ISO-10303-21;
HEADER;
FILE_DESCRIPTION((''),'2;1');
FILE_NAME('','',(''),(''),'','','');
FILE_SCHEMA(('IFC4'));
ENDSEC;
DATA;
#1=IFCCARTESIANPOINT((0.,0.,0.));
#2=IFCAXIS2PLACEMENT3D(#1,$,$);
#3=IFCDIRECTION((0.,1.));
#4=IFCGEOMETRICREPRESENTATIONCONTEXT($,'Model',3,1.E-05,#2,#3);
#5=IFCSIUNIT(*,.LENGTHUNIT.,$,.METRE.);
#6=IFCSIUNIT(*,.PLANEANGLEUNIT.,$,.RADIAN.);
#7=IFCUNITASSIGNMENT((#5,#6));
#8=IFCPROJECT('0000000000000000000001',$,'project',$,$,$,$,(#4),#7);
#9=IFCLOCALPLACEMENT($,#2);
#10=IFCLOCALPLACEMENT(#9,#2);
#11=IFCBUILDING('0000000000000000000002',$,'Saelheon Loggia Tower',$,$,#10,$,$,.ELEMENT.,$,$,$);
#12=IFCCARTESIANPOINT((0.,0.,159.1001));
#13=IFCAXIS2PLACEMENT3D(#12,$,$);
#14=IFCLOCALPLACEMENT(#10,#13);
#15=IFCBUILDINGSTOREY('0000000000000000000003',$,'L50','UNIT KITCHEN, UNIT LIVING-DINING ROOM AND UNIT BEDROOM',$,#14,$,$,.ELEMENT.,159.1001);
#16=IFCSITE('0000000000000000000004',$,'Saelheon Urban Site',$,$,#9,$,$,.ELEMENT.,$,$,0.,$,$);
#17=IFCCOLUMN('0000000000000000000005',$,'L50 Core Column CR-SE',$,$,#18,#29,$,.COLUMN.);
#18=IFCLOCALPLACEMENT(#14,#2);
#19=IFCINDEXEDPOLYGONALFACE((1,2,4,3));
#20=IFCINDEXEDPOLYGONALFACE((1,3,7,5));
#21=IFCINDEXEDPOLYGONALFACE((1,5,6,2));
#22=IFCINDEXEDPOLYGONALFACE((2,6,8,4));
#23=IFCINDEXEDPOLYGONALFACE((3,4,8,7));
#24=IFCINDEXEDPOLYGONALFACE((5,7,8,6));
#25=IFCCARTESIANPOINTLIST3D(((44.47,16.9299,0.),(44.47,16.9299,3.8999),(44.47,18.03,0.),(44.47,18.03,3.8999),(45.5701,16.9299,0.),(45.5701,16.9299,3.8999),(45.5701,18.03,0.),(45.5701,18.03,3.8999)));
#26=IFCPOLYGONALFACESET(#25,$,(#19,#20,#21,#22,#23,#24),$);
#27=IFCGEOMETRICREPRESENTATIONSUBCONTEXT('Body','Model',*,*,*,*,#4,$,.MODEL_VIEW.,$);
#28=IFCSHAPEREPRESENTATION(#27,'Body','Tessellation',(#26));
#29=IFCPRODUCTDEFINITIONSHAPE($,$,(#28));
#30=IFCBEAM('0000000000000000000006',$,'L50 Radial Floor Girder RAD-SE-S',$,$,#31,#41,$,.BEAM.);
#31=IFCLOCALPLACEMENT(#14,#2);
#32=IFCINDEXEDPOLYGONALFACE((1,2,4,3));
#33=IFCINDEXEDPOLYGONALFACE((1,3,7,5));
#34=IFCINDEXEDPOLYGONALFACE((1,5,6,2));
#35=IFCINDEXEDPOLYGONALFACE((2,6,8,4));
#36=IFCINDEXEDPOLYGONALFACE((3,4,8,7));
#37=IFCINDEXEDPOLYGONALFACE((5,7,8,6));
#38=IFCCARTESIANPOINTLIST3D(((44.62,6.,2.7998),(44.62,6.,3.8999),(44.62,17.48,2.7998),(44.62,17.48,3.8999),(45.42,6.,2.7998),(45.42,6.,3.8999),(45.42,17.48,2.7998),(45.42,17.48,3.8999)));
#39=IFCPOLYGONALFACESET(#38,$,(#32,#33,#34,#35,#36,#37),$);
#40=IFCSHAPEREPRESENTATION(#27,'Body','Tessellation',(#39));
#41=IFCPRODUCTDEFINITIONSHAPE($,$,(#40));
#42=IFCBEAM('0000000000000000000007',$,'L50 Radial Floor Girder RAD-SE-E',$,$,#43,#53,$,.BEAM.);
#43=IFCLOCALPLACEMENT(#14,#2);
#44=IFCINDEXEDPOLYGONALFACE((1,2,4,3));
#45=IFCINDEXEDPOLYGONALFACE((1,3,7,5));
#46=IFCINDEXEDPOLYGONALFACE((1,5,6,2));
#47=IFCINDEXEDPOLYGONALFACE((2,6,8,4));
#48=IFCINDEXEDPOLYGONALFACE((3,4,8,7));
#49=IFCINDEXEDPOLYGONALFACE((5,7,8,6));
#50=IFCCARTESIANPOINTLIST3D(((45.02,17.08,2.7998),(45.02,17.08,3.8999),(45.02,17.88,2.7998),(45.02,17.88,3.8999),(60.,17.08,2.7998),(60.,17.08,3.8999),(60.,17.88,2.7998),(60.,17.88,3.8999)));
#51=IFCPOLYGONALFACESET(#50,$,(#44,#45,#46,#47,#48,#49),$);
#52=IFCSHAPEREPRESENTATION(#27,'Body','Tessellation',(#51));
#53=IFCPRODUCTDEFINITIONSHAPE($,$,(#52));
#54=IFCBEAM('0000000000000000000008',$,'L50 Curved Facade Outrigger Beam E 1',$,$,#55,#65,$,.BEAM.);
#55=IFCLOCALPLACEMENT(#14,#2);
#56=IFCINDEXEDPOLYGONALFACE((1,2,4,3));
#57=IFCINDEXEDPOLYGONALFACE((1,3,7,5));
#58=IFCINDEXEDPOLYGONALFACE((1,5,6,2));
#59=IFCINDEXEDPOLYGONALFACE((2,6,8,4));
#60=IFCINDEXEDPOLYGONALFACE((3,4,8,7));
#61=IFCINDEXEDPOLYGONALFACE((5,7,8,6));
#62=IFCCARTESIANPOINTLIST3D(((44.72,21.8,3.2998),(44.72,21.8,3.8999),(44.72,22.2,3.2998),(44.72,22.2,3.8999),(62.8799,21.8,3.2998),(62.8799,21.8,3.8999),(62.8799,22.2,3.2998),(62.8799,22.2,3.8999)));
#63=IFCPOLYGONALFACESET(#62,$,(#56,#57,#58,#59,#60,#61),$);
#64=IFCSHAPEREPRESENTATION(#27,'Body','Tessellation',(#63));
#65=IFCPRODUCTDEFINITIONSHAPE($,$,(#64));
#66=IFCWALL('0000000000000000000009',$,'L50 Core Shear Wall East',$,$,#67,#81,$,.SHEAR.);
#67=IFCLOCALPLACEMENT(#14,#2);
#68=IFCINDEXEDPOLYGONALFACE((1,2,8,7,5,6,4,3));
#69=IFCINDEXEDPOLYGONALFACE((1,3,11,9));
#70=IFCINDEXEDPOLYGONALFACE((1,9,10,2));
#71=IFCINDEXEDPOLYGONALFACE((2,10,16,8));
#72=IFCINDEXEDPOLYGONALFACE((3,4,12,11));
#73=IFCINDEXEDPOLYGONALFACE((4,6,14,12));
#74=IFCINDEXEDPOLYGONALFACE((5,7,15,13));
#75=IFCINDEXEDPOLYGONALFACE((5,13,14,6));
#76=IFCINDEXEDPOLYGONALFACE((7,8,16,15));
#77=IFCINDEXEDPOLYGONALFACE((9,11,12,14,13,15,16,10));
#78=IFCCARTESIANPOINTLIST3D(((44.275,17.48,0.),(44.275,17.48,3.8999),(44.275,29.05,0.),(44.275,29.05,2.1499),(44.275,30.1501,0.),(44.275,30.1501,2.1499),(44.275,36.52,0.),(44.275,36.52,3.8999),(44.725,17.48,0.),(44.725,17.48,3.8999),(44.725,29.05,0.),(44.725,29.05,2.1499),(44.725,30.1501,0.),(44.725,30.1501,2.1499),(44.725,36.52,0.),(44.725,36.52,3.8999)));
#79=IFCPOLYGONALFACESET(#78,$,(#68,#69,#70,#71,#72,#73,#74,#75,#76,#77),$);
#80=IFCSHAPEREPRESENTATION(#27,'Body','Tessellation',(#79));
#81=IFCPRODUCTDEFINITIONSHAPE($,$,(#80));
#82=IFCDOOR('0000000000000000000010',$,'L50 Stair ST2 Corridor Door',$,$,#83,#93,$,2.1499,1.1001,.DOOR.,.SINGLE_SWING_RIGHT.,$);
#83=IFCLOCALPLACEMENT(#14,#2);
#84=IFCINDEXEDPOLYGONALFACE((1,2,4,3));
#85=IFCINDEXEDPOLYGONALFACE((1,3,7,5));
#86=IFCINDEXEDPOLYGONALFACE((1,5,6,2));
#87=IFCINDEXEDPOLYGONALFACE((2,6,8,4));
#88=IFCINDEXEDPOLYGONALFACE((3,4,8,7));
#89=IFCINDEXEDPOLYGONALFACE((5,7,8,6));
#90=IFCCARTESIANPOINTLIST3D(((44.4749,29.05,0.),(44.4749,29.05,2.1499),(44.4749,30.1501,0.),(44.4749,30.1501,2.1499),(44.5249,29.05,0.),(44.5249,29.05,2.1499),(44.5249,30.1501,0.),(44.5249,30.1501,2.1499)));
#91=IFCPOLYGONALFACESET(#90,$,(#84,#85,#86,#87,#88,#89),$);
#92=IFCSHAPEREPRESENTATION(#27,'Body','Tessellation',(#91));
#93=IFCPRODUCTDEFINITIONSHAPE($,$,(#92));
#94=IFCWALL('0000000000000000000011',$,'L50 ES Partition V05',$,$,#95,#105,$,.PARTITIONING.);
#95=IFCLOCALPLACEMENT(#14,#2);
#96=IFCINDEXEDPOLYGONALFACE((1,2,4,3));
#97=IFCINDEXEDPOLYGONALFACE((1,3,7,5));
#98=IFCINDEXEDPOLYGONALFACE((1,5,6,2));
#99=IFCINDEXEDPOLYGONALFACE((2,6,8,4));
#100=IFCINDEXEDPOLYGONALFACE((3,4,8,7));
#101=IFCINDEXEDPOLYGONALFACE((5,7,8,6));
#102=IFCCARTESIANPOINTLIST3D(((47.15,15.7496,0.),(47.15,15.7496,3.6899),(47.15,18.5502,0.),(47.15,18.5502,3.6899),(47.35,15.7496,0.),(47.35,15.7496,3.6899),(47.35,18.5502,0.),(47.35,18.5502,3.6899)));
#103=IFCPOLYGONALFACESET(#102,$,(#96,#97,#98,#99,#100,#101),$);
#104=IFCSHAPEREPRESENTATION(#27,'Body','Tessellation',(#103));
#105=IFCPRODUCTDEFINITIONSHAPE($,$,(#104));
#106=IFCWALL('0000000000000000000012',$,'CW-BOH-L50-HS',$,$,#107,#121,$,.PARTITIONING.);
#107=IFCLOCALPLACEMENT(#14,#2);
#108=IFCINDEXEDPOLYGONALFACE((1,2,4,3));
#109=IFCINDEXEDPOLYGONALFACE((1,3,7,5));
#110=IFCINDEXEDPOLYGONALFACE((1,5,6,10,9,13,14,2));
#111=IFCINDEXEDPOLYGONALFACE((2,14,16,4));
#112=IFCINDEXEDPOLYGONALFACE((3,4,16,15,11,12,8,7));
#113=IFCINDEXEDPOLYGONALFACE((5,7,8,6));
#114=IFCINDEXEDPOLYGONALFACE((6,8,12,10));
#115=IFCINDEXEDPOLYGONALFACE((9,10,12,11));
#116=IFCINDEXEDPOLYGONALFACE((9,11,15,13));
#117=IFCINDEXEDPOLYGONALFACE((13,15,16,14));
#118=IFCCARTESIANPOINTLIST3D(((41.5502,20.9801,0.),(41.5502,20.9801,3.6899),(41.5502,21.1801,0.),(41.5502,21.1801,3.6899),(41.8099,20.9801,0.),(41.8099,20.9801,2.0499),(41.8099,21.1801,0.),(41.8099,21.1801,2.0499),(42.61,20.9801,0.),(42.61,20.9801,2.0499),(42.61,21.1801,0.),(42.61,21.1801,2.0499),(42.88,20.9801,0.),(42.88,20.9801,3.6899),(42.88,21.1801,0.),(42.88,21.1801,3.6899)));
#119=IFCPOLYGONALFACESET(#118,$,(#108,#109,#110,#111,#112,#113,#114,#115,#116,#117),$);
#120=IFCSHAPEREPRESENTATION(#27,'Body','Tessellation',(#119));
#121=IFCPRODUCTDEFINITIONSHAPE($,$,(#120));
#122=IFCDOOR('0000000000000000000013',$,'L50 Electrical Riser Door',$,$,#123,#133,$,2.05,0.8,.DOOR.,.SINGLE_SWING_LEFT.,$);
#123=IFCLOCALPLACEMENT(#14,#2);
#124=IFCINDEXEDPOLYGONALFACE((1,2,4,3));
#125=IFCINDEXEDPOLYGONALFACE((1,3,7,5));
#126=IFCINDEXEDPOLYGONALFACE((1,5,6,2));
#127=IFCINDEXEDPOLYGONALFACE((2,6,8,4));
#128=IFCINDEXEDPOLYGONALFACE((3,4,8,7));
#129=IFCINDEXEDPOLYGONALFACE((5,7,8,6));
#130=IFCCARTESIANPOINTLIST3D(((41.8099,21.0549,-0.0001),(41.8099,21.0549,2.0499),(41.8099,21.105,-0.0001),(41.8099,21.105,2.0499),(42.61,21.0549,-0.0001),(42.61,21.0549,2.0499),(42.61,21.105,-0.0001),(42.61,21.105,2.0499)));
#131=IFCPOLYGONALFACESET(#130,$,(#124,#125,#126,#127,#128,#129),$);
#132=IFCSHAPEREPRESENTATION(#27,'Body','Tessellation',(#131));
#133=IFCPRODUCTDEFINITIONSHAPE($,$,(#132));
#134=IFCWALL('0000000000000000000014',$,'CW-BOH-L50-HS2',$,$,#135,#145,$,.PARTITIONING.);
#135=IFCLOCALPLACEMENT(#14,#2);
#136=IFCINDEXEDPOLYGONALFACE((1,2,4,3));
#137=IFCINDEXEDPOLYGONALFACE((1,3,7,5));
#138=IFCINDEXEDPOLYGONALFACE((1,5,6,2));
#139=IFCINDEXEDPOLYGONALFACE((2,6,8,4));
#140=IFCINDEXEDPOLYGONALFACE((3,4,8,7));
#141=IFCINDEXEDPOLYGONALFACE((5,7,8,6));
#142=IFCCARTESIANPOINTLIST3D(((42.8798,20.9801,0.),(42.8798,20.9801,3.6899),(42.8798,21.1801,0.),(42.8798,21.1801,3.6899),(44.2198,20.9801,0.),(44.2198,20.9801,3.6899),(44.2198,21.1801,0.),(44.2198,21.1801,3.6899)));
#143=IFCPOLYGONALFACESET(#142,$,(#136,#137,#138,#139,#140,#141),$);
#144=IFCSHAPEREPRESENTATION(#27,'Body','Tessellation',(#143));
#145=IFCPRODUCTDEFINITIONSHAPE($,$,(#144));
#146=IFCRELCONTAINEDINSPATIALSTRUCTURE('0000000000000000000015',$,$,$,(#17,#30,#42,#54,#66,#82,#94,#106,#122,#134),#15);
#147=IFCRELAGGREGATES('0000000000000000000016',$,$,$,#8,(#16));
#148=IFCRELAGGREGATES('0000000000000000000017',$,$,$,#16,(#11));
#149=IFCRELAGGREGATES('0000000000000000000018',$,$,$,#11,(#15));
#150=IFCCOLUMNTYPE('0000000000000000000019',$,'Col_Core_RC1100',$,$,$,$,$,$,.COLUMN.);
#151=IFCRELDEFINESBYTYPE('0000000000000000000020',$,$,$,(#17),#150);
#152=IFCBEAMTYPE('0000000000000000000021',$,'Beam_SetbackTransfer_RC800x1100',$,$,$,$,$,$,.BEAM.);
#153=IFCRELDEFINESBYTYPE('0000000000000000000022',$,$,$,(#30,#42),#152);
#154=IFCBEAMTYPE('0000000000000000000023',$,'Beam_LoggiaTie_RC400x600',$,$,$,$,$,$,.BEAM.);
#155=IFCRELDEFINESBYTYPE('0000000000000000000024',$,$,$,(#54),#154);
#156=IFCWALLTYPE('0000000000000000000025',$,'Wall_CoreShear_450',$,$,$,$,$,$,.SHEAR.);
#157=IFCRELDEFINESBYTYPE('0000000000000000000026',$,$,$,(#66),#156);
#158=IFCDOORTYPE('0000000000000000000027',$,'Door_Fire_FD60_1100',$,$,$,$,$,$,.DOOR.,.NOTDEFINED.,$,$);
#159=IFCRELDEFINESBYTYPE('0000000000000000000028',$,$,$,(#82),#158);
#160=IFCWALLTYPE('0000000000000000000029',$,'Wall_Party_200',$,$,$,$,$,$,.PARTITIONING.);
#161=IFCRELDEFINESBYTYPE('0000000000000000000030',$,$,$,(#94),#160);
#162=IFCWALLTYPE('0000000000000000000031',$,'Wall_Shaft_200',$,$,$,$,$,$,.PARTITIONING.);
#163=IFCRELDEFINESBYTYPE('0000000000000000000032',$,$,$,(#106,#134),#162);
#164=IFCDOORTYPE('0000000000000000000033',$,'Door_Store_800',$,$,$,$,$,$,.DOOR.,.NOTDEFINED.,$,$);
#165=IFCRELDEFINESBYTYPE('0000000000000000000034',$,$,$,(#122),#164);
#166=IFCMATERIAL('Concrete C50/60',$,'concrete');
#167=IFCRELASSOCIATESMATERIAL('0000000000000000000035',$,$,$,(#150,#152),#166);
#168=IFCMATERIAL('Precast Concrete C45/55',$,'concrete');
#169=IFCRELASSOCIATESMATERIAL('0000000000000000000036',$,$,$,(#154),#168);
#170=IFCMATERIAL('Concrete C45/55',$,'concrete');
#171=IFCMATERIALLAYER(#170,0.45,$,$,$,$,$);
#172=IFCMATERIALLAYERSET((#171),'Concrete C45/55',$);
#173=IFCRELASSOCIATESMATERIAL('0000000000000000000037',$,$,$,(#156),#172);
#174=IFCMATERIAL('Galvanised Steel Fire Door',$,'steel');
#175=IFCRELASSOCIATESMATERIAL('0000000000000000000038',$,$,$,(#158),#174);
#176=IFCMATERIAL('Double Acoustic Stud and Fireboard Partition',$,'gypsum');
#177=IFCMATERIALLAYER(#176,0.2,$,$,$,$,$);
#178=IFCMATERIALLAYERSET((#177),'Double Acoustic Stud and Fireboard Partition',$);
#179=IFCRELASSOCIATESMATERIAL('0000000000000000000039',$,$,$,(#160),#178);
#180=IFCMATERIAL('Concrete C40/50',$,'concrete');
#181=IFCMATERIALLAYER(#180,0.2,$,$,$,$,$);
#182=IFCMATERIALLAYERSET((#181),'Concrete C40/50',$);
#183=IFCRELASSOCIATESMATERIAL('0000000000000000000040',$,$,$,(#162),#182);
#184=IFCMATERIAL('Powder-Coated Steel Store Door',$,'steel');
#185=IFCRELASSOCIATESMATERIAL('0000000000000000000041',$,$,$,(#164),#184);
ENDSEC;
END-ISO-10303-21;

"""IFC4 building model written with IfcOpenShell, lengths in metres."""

from ifc_helpers import new_model, si_unit, direction, frame, frame_2d, origin, origin_2d, place, context, subcontext, project, spatial, rectangle, extrude, source, transform, mapped, material, layer, layer_set, material_profile, profile_set, type_object, element, fill, save


model = new_model("IFC4")

# Units and contexts
model_context = context("Model", 3, precision=1e-05, world=origin(), true_north=direction((0.0, 1.0)))
body_context = subcontext(model_context, "Body", "Model", "MODEL_VIEW")
ifc_project = project(units=[si_unit("LENGTHUNIT", "METRE"), si_unit("PLANEANGLEUNIT", "RADIAN")], contexts=[model_context])

# Site, building, storey
site_placement = place(None, origin())
site = spatial("IfcSite", under=ifc_project, at=site_placement, Name="Saelheon Urban Site", CompositionType="ELEMENT", RefElevation=0.0)
building_placement = place(site_placement, origin())
building = spatial("IfcBuilding", under=site, at=building_placement, Name="Saelheon Loggia Tower", CompositionType="ELEMENT")
storey_placement = place(building_placement, frame((0.0, 0.0, 159.1001)))
storey = spatial("IfcBuildingStorey", under=building, at=storey_placement, Name="L50", Description="UNIT KITCHEN, UNIT LIVING-DINING ROOM AND UNIT BEDROOM", CompositionType="ELEMENT", Elevation=159.1001)

# Column
ifc_material_1 = material(Name="Concrete C50/60", Category="concrete")
ifc_material_profile_1 = material_profile(ifc_material_1, rectangle(XDim=1.1001, YDim=1.1001, at=origin_2d()), Name="RC-1100x1100")
ifc_profile_set_1 = profile_set([ifc_material_profile_1], Name="Concrete C50/60")
column_type = type_object("IfcColumnType", Name="Col_Core_RC1100", PredefinedType="COLUMN", material=ifc_profile_set_1)
shared_shape_1 = source(origin(), body_context, "Body", "SweptSolid", [
    extrude(rectangle(XDim=1.1001, YDim=1.1001, at=origin_2d()), origin(), (0.0, 0.0, 1.0), 3.8999),
])
column_placement = place(storey_placement, frame((45.02, 17.48, 0.0), z_axis=(0.0, 0.0, 1.0), x_axis=(1.0, 0.0, 0.0)))
element("IfcColumn", 1, at=column_placement, inside=storey, type_object=column_type, Name="L50 Core Column CR-SE", PredefinedType="COLUMN", context=body_context, shape_type="MappedRepresentation", body=[
    mapped(shared_shape_1, transform((0.0, 0.0, 0.0), scale=1.0)),
])

# Beams
ifc_material_profile_2 = material_profile(ifc_material_1, rectangle(XDim=0.8, YDim=1.1001, at=origin_2d()), Name="RC-800x1100")
ifc_profile_set_2 = profile_set([ifc_material_profile_2], Name="Concrete C50/60")
beam_type_1 = type_object("IfcBeamType", Name="Beam_SetbackTransfer_RC800x1100", PredefinedType="BEAM", material=ifc_profile_set_2)
shared_shape_2 = source(origin(), body_context, "Body", "SweptSolid", [
    extrude(rectangle(XDim=0.8, YDim=1.1001, at=origin_2d()), origin(), (0.0, 0.0, 1.0), 11.48),
])
beam_1_placement = place(storey_placement, frame((45.02, 17.48, 3.3499), z_axis=(0.0, -1.0, 0.0), x_axis=(1.0, 0.0, 0.0)))
element("IfcBeam", 2, at=beam_1_placement, inside=storey, type_object=beam_type_1, Name="L50 Radial Floor Girder RAD-SE-S", PredefinedType="BEAM", context=body_context, shape_type="MappedRepresentation", body=[
    mapped(shared_shape_2, transform((0.0, 0.0, 0.0), scale=1.0)),
])
shared_shape_3 = source(origin(), body_context, "Body", "SweptSolid", [
    extrude(rectangle(XDim=0.8, YDim=1.1001, at=origin_2d()), origin(), (0.0, 0.0, 1.0), 14.98),
])
beam_2_placement = place(storey_placement, frame((45.02, 17.48, 3.3499), z_axis=(1.0, 0.0, 0.0), x_axis=(0.0, 1.0, 0.0)))
element("IfcBeam", 3, at=beam_2_placement, inside=storey, type_object=beam_type_1, Name="L50 Radial Floor Girder RAD-SE-E", PredefinedType="BEAM", context=body_context, shape_type="MappedRepresentation", body=[
    mapped(shared_shape_3, transform((0.0, 0.0, 0.0), scale=1.0)),
])
ifc_material_2 = material(Name="Precast Concrete C45/55", Category="concrete")
ifc_material_profile_3 = material_profile(ifc_material_2, rectangle(XDim=0.3999, YDim=0.6001, at=origin_2d()), Name="RC-400x600")
ifc_profile_set_3 = profile_set([ifc_material_profile_3], Name="Precast Concrete C45/55")
beam_type_2 = type_object("IfcBeamType", Name="Beam_LoggiaTie_RC400x600", PredefinedType="BEAM", material=ifc_profile_set_3)
shared_shape_4 = source(origin(), body_context, "Body", "SweptSolid", [
    extrude(rectangle(XDim=0.3999, YDim=0.6001, at=origin_2d()), origin(), (0.0, 0.0, 1.0), 18.1599),
])
beam_3_placement = place(storey_placement, frame((44.72, 22.0, 3.5999), z_axis=(1.0, 0.0, 0.0), x_axis=(0.0, 1.0, 0.0)))
element("IfcBeam", 4, at=beam_3_placement, inside=storey, type_object=beam_type_2, Name="L50 Curved Facade Outrigger Beam E 1", PredefinedType="BEAM", context=body_context, shape_type="MappedRepresentation", body=[
    mapped(shared_shape_4, transform((0.0, 0.0, 0.0), scale=1.0)),
])

# Wall, opening, door
ifc_material_3 = material(Name="Concrete C45/55", Category="concrete")
ifc_layer_1 = layer(ifc_material_3, 0.45)
ifc_layer_set_1 = layer_set([ifc_layer_1], Name="Concrete C45/55")
wall_type_1 = type_object("IfcWallType", Name="Wall_CoreShear_450", PredefinedType="SHEAR", material=ifc_layer_set_1)
wall_1_placement = place(storey_placement, frame((44.5, 17.48, 0.0), z_axis=(0.0, 0.0, 1.0), x_axis=(0.0, 1.0, 0.0)))
wall_1 = element("IfcWall", 5, at=wall_1_placement, inside=storey, type_object=wall_type_1, Name="L50 Core Shear Wall East", PredefinedType="SHEAR", context=body_context, shape_type="SweptSolid", body=[
    extrude(rectangle(XDim=19.04, YDim=0.45, at=frame_2d((9.52, 0.0))), origin(), (0.0, 0.0, 1.0), 3.8999),
])
opening_1_placement = place(wall_1_placement, frame((12.6702, 0.0, 0.0), z_axis=(0.0, 0.0, 1.0), x_axis=(-1.0, 0.0, 0.0)))
opening_1 = element("IfcOpeningElement", 6, at=opening_1_placement, cuts=wall_1, PredefinedType="OPENING", context=body_context, shape_type="SweptSolid", body=[
    extrude(rectangle(XDim=1.1001, YDim=2.1499, at=frame_2d((0.55, 1.075))), frame((0.0, 0.2371, 0.0), z_axis=(0.0, -1.0, 0.0), x_axis=(1.0, 0.0, 0.0)), (0.0, 0.0, 1.0), 0.4739),
])
ifc_material_4 = material(Name="Galvanised Steel Fire Door", Category="steel")
door_type_1 = type_object("IfcDoorType", Name="Door_Fire_FD60_1100", OperationType="NOTDEFINED", PredefinedType="DOOR", material=ifc_material_4)
shared_shape_5 = source(origin(), body_context, "Body", "SweptSolid", [
    extrude(rectangle(XDim=1.1001, YDim=2.1499, at=frame_2d((0.55, 1.075))), frame((0.0, 0.0249, 0.0), z_axis=(0.0, -1.0, 0.0), x_axis=(1.0, 0.0, 0.0)), (0.0, 0.0, 1.0), 0.05),
])
door_1_placement = place(opening_1_placement, origin())
door_1 = element("IfcDoor", 7, at=door_1_placement, inside=storey, type_object=door_type_1, Name="L50 Stair ST2 Corridor Door", OperationType="SINGLE_SWING_RIGHT", OverallHeight=2.1499, OverallWidth=1.1001, PredefinedType="DOOR", context=body_context, shape_type="MappedRepresentation", body=[
    mapped(shared_shape_5, transform((0.0, 0.0, 0.0), scale=1.0)),
])
fill(opening_1, door_1)

# Wall
ifc_material_5 = material(Name="Double Acoustic Stud and Fireboard Partition", Category="gypsum")
ifc_layer_2 = layer(ifc_material_5, 0.2)
ifc_layer_set_2 = layer_set([ifc_layer_2], Name="Double Acoustic Stud and Fireboard Partition")
wall_type_2 = type_object("IfcWallType", Name="Wall_Party_200", PredefinedType="PARTITIONING", material=ifc_layer_set_2)
wall_2_placement = place(storey_placement, frame((47.25, 15.7495, 0.0), z_axis=(0.0, 0.0, 1.0), x_axis=(0.0, 1.0, 0.0)))
element("IfcWall", 8, at=wall_2_placement, inside=storey, type_object=wall_type_2, Name="L50 ES Partition V05", PredefinedType="PARTITIONING", context=body_context, shape_type="SweptSolid", body=[
    extrude(rectangle(XDim=2.8005, YDim=0.2, at=frame_2d((1.4004, 0.0))), origin(), (0.0, 0.0, 1.0), 3.6899),
])

# Wall, opening, door
ifc_material_6 = material(Name="Concrete C40/50", Category="concrete")
ifc_layer_3 = layer(ifc_material_6, 0.2)
ifc_layer_set_3 = layer_set([ifc_layer_3], Name="Concrete C40/50")
wall_type_3 = type_object("IfcWallType", Name="Wall_Shaft_200", PredefinedType="PARTITIONING", material=ifc_layer_set_3)
wall_3_placement = place(storey_placement, frame((41.55, 21.0801, 0.0), z_axis=(0.0, 0.0, 1.0), x_axis=(1.0, 0.0, 0.0)))
wall_3 = element("IfcWall", 9, at=wall_3_placement, inside=storey, type_object=wall_type_3, Name="CW-BOH-L50-HS", PredefinedType="PARTITIONING", context=body_context, shape_type="SweptSolid", body=[
    extrude(rectangle(XDim=1.3298, YDim=0.2, at=frame_2d((0.665, 0.0))), origin(), (0.0, 0.0, 1.0), 3.6899),
])
opening_2_placement = place(wall_3_placement, frame((0.26, 0.0, 0.0)))
opening_2 = element("IfcOpeningElement", 10, at=opening_2_placement, cuts=wall_3, PredefinedType="OPENING", context=body_context, shape_type="SweptSolid", body=[
    extrude(rectangle(XDim=0.8, YDim=2.05, at=frame_2d((0.3999, 1.0249))), frame((0.0, 0.1121, 0.0), z_axis=(0.0, -1.0, 0.0), x_axis=(1.0, 0.0, 0.0)), (0.0, 0.0, 1.0), 0.2239),
])
ifc_material_7 = material(Name="Powder-Coated Steel Store Door", Category="steel")
door_type_2 = type_object("IfcDoorType", Name="Door_Store_800", OperationType="NOTDEFINED", PredefinedType="DOOR", material=ifc_material_7)
shared_shape_6 = source(origin(), body_context, "Body", "SweptSolid", [
    extrude(rectangle(XDim=0.8, YDim=2.05, at=frame_2d((0.3999, 1.0249))), frame((0.0, 0.0249, 0.0), z_axis=(0.0, -1.0, 0.0), x_axis=(1.0, 0.0, 0.0)), (0.0, 0.0, 1.0), 0.05),
])
door_2_placement = place(opening_2_placement, origin())
door_2 = element("IfcDoor", 11, at=door_2_placement, inside=storey, type_object=door_type_2, Name="L50 Electrical Riser Door", OperationType="SINGLE_SWING_LEFT", OverallHeight=2.05, OverallWidth=0.8, PredefinedType="DOOR", context=body_context, shape_type="MappedRepresentation", body=[
    mapped(shared_shape_6, transform((0.0, 0.0, 0.0), scale=1.0)),
])
fill(opening_2, door_2)

# Wall
wall_4_placement = place(storey_placement, frame((42.8799, 21.0801, 0.0), z_axis=(0.0, 0.0, 1.0), x_axis=(1.0, 0.0, 0.0)))
element("IfcWall", 12, at=wall_4_placement, inside=storey, type_object=wall_type_3, Name="CW-BOH-L50-HS2", PredefinedType="PARTITIONING", context=body_context, shape_type="SweptSolid", body=[
    extrude(rectangle(XDim=1.3401, YDim=0.2, at=frame_2d((0.6699, 0.0))), origin(), (0.0, 0.0, 1.0), 3.6899),
])

save(model, "model.ifc")
